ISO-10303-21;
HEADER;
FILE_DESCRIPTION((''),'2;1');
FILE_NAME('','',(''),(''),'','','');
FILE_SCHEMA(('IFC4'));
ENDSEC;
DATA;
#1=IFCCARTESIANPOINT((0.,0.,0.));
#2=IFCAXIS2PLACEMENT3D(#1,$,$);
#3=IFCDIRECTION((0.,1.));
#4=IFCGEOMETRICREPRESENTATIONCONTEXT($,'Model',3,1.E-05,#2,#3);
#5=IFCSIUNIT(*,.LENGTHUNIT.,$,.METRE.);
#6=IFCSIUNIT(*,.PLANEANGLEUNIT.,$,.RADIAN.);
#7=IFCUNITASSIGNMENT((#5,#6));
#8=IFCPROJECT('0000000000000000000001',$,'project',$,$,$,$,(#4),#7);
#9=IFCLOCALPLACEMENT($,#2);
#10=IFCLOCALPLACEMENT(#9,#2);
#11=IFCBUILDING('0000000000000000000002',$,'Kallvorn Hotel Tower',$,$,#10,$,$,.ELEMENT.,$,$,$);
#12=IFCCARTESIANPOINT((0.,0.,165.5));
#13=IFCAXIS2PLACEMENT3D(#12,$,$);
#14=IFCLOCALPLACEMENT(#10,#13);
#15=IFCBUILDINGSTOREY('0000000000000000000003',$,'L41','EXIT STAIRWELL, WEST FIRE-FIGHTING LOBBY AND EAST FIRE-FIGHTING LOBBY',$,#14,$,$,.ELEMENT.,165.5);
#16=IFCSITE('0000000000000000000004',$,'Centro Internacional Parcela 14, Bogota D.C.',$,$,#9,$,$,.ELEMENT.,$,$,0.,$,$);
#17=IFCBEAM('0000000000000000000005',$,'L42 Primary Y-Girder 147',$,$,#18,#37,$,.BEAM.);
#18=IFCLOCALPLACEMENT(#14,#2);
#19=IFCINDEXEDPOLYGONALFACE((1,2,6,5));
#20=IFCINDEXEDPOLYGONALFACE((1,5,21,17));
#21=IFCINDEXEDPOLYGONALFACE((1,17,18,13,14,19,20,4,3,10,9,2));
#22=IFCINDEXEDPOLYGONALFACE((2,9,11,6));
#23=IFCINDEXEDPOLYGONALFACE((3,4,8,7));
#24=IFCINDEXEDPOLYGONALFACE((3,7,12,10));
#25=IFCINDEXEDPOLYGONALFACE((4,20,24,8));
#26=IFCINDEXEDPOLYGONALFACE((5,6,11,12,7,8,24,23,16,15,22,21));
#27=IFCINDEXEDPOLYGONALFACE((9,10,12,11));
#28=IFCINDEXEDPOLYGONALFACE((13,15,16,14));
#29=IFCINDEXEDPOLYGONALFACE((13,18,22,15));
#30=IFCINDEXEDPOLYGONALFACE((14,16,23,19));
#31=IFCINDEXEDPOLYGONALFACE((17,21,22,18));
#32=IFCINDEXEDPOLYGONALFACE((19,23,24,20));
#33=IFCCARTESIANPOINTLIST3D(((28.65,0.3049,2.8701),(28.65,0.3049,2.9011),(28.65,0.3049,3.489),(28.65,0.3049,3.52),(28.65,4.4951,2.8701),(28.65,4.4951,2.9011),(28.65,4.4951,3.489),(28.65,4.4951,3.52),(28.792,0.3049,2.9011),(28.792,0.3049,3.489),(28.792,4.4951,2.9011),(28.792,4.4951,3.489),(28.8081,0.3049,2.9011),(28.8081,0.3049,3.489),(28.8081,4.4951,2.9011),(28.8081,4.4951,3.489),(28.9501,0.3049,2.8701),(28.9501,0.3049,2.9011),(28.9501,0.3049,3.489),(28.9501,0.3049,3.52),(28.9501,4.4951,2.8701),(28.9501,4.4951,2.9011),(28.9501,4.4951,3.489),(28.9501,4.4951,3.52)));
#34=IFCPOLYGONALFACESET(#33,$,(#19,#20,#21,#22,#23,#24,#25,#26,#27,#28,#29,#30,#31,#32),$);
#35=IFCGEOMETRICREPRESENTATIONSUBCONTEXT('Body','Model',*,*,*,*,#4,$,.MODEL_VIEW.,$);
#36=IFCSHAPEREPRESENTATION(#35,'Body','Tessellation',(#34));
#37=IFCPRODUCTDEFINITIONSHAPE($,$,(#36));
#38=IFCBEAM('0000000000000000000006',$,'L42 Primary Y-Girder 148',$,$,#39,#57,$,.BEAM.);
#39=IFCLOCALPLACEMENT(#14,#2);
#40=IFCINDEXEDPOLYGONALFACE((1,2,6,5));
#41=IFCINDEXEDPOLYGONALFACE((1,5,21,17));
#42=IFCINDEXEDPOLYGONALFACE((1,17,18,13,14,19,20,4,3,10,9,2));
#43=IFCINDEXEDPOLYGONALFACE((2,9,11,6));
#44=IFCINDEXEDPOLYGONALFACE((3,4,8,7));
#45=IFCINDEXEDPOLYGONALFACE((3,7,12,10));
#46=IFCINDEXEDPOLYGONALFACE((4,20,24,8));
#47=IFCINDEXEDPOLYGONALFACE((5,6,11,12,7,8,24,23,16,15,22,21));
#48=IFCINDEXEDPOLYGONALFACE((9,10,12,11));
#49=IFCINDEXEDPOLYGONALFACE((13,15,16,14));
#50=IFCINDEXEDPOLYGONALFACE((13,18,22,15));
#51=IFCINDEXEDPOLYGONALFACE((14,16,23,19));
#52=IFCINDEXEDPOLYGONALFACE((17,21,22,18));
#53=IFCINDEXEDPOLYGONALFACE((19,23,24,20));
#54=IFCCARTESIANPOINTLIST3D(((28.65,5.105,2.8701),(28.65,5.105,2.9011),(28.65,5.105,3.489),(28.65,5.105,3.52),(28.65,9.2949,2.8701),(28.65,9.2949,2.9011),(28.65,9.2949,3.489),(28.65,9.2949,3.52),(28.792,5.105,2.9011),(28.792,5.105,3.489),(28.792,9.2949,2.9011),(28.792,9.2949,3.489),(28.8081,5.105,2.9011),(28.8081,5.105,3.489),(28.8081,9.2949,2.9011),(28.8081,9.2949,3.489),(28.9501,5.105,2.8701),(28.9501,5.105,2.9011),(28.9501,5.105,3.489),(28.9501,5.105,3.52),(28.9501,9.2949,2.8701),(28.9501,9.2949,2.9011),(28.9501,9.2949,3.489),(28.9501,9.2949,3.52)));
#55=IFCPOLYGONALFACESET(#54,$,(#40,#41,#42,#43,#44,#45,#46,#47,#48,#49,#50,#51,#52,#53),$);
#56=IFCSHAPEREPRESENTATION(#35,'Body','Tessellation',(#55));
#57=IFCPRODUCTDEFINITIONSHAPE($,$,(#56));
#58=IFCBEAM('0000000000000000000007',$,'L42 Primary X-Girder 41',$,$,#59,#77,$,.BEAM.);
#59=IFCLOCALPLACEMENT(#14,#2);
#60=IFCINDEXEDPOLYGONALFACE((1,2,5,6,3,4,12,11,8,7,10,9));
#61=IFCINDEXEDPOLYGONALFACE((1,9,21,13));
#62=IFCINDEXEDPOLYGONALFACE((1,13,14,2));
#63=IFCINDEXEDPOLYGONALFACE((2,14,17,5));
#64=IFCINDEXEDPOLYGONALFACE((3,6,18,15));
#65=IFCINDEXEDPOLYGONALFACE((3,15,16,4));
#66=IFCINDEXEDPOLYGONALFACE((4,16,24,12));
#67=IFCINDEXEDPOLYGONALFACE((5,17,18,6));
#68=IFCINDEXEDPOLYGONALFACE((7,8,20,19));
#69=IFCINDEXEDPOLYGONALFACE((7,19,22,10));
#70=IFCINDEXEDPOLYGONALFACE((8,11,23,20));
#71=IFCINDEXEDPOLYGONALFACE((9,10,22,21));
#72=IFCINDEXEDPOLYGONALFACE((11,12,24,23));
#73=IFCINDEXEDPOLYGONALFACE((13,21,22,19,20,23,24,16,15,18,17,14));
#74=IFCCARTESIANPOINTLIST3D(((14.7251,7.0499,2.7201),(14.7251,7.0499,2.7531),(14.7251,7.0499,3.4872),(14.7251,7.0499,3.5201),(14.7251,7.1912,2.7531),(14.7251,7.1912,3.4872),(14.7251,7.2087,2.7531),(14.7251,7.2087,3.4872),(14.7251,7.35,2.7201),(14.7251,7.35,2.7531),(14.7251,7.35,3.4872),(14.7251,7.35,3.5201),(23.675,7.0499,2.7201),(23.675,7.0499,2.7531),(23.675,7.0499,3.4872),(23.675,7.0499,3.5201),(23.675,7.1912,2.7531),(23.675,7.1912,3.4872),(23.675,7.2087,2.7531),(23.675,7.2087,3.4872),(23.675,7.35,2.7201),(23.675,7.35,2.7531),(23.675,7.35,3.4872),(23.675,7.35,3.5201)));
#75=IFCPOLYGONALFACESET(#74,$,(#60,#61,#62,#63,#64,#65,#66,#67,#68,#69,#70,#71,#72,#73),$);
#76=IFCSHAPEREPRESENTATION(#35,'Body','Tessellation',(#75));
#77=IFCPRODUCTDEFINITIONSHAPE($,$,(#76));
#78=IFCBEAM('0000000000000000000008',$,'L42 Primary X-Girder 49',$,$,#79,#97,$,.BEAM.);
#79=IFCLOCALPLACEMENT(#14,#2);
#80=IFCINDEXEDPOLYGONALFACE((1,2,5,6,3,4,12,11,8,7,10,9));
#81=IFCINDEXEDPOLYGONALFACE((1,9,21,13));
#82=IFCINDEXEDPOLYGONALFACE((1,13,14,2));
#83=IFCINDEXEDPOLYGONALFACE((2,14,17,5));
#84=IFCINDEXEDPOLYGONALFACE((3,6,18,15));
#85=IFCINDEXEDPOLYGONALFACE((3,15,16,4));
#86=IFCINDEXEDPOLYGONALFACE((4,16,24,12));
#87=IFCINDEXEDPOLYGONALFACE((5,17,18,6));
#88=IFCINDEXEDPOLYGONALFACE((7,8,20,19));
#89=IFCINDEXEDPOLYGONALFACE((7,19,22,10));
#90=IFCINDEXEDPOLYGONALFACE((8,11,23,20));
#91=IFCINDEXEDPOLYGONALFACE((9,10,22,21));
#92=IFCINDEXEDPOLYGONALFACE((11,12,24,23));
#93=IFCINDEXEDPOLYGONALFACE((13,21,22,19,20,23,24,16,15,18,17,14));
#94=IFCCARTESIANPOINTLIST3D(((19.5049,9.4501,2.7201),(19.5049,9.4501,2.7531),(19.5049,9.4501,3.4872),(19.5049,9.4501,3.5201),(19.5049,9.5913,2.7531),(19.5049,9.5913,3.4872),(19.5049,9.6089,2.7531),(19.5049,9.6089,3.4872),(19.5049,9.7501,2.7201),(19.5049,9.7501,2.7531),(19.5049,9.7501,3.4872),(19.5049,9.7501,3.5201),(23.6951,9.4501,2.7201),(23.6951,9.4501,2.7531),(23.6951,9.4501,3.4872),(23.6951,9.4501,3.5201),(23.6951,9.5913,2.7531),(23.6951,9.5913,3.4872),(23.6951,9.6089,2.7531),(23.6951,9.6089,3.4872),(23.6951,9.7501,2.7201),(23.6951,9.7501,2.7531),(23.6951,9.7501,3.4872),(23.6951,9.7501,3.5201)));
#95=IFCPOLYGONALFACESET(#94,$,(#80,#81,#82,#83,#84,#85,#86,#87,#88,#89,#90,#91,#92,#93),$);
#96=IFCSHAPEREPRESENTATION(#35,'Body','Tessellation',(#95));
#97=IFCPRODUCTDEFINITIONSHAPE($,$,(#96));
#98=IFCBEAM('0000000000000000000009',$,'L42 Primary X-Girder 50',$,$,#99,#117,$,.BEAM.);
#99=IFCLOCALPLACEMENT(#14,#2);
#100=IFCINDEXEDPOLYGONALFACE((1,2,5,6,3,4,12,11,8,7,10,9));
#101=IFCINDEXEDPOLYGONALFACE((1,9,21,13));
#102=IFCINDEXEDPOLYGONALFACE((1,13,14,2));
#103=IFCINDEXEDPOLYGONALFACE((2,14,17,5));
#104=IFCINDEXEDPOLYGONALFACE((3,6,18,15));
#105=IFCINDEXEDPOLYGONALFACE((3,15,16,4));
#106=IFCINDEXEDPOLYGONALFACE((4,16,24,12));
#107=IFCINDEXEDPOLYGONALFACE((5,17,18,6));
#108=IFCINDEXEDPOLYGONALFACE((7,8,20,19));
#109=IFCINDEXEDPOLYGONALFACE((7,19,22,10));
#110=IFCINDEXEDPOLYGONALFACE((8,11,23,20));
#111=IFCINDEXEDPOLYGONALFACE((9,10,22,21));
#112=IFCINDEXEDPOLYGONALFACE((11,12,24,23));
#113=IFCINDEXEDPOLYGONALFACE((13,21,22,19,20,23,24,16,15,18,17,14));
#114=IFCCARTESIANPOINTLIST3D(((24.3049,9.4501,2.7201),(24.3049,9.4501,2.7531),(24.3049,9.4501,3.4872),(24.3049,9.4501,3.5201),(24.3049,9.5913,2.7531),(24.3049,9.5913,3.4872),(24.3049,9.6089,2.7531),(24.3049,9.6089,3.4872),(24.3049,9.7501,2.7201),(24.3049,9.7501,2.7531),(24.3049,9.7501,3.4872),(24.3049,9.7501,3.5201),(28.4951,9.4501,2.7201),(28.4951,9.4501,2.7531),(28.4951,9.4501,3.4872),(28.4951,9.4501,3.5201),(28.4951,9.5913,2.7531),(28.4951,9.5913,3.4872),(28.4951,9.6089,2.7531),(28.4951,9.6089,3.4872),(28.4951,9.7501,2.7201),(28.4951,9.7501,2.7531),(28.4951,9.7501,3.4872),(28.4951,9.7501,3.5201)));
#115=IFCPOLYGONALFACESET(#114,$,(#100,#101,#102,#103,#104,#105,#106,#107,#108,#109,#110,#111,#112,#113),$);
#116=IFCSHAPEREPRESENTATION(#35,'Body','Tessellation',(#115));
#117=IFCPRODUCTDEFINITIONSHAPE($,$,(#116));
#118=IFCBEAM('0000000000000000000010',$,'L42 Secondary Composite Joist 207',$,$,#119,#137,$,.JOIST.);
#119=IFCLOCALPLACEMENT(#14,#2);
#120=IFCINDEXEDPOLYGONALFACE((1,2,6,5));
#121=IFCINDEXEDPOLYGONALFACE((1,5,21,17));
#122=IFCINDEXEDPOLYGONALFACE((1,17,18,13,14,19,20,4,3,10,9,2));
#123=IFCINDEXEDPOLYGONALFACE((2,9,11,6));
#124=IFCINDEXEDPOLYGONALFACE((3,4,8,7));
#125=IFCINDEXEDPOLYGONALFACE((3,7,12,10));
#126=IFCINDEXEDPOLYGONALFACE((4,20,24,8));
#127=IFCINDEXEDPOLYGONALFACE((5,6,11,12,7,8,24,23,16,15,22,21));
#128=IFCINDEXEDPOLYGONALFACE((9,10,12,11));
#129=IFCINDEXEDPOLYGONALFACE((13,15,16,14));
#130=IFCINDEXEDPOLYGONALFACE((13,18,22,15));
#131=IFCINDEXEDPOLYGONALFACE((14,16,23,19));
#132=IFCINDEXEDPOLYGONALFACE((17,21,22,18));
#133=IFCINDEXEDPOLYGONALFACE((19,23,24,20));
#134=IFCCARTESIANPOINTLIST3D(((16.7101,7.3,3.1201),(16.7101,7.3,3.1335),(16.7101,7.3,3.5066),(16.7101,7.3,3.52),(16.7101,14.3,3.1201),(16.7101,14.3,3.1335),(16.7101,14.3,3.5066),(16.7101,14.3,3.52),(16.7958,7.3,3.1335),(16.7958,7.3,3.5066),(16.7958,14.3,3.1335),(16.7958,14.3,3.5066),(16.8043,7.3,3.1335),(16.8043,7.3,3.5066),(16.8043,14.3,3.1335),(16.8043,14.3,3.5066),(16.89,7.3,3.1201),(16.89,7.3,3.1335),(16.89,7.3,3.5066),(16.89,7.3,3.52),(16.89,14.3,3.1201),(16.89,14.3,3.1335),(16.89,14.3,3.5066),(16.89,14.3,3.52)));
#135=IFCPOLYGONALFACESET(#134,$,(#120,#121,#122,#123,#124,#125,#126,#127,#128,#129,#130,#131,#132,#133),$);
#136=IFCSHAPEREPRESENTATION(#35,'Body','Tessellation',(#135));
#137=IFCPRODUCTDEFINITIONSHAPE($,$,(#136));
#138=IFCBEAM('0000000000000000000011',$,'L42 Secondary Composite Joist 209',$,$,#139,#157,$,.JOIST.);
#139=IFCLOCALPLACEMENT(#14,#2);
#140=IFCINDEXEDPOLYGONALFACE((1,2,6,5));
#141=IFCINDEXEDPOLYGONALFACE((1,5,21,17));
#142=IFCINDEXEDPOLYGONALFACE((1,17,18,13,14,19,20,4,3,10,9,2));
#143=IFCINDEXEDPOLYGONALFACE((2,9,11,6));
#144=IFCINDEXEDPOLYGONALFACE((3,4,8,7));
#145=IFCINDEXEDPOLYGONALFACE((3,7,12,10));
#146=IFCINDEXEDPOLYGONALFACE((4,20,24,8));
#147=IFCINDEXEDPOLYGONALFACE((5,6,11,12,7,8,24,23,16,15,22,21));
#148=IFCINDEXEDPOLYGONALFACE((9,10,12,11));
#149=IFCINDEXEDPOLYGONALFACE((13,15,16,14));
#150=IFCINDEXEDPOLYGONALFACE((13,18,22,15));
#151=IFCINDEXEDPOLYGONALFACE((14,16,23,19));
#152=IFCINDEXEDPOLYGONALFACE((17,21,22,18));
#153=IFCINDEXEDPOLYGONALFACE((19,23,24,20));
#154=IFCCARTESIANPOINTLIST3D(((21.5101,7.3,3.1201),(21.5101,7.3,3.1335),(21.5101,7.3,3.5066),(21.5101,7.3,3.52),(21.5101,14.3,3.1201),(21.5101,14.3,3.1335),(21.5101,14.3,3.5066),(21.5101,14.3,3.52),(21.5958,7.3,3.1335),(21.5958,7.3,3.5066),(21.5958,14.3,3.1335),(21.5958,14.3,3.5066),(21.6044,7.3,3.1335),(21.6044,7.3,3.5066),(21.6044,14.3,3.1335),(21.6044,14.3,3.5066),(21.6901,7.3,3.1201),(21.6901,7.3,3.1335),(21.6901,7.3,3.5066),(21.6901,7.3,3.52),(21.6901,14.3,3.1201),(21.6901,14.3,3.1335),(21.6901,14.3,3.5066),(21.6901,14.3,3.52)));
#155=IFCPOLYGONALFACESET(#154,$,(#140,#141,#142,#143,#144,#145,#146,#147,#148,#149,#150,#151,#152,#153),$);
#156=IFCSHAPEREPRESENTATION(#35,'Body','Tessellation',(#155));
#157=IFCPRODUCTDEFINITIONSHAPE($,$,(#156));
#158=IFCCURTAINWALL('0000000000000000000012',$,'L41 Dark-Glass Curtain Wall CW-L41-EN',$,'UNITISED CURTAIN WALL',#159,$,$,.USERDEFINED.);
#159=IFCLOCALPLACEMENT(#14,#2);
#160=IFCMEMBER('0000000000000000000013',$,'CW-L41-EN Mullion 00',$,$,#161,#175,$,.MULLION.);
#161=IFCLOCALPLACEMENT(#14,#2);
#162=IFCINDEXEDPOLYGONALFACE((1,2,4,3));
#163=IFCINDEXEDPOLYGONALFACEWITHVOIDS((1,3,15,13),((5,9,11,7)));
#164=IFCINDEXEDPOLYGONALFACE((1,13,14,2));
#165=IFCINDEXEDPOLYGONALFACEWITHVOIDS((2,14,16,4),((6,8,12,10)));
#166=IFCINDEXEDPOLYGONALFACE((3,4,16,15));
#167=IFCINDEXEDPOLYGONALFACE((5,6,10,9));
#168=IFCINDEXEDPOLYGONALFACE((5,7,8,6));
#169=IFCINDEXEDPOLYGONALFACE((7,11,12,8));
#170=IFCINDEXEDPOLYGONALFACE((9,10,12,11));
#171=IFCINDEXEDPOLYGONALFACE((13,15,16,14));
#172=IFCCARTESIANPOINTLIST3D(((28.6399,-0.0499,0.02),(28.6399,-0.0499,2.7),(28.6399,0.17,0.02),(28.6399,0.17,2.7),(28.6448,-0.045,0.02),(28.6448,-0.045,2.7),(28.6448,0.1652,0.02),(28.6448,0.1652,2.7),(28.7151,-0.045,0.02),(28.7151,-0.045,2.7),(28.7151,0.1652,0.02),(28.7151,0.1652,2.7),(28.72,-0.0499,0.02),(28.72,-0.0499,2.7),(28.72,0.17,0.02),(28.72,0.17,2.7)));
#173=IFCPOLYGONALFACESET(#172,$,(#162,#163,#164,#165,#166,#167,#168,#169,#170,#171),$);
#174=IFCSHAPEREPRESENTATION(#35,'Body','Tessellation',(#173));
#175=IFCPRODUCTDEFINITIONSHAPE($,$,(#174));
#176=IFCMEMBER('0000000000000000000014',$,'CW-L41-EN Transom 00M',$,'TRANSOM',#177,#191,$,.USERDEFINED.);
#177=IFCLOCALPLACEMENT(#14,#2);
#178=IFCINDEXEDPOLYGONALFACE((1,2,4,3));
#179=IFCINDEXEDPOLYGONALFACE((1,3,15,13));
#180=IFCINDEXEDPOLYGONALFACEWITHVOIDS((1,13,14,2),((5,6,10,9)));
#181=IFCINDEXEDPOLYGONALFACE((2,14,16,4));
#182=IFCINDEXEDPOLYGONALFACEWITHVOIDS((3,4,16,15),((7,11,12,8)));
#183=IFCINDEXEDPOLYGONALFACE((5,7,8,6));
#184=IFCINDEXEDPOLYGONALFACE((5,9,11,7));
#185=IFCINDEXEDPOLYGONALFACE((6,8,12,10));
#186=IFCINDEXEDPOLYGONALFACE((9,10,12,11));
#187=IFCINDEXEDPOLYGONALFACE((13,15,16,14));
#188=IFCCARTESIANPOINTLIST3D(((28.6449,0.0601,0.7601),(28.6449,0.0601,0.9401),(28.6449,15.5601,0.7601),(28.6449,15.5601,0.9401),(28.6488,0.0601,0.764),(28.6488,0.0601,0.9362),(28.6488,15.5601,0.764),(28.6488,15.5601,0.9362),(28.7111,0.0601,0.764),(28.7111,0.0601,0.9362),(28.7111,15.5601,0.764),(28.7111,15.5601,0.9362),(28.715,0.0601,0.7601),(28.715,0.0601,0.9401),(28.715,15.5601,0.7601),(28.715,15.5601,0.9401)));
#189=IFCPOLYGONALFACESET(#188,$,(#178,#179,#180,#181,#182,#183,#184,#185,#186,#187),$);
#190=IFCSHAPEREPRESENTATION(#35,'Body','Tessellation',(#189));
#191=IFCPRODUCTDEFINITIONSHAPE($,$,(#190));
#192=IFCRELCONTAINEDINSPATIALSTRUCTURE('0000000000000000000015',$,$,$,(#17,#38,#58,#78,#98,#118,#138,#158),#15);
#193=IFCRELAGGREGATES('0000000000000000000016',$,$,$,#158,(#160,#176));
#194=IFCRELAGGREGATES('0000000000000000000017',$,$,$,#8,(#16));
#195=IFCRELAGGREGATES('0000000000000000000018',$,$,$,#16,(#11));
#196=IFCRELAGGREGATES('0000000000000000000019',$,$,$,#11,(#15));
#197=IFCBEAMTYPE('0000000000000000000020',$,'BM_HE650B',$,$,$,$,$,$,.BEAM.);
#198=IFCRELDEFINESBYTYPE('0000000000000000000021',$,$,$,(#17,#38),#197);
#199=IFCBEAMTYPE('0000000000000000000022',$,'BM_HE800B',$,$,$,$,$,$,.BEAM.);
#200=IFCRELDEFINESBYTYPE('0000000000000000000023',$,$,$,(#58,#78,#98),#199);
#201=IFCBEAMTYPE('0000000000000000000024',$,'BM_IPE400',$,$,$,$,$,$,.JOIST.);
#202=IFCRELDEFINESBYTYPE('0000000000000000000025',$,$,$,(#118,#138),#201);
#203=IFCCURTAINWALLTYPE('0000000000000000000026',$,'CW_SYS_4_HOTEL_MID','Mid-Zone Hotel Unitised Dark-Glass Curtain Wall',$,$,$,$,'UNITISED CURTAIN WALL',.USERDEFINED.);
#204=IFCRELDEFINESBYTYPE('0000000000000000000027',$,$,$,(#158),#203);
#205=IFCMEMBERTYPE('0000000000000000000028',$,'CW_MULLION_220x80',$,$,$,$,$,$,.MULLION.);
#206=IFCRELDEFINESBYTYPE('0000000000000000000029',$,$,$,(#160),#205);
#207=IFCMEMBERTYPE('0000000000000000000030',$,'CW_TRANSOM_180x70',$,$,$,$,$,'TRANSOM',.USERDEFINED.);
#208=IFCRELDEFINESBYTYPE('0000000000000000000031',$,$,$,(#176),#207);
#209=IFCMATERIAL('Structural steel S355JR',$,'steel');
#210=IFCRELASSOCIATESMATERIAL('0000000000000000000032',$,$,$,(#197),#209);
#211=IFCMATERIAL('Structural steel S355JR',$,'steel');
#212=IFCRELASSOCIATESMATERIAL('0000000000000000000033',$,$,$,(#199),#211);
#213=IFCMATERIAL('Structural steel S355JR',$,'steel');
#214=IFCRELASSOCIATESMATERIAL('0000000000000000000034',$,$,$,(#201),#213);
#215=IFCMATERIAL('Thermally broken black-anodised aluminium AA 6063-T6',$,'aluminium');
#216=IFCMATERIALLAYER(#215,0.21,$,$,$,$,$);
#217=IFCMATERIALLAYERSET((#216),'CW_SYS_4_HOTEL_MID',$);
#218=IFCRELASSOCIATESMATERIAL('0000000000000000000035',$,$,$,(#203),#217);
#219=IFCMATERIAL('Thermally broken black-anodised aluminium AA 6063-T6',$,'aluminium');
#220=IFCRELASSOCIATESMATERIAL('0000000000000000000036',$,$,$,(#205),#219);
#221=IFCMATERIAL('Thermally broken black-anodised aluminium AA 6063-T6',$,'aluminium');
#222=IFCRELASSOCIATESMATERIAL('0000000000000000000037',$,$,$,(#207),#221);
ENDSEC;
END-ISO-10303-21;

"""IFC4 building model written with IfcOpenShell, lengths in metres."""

from ifc_helpers import new_model, si_unit, direction, frame, origin, origin_2d, place, context, subcontext, project, spatial, hollow_rectangle, i_section, extrude, material, layer, layer_set, material_profile, profile_set, type_object, element, aggregate, save


model = new_model("IFC4")

# Units and contexts
model_context = context("Model", 3, precision=1e-05, world=origin(), true_north=direction((0.0, 1.0)))
body_context = subcontext(model_context, "Body", "Model", "MODEL_VIEW")
ifc_project = project(units=[si_unit("LENGTHUNIT", "METRE"), si_unit("PLANEANGLEUNIT", "RADIAN")], contexts=[model_context])

# Site, building, storey
site_placement = place(None, origin())
site = spatial("IfcSite", under=ifc_project, at=site_placement, Name="Centro Internacional Parcela 14, Bogota D.C.", CompositionType="ELEMENT", RefElevation=0.0)
building_placement = place(site_placement, origin())
building = spatial("IfcBuilding", under=site, at=building_placement, Name="Kallvorn Hotel Tower", CompositionType="ELEMENT")
storey_placement = place(building_placement, frame((0.0, 0.0, 165.5)))
storey = spatial("IfcBuildingStorey", under=building, at=storey_placement, Name="L41", Description="EXIT STAIRWELL, WEST FIRE-FIGHTING LOBBY AND EAST FIRE-FIGHTING LOBBY", CompositionType="ELEMENT", Elevation=165.5)

# Beams
ifc_material_1 = material(Name="Structural steel S355JR", Category="steel")
ifc_material_profile_1 = material_profile(ifc_material_1, i_section(OverallWidth=0.3, OverallDepth=0.6499, WebThickness=0.0161, FlangeThickness=0.031, at=origin_2d()), Name="HE 650 B")
ifc_profile_set_1 = profile_set([ifc_material_profile_1], Name="Structural steel S355JR")
beam_type_1 = type_object("IfcBeamType", Name="BM_HE650B", PredefinedType="BEAM", material=ifc_profile_set_1)
beam_1_placement = place(storey_placement, frame((28.8, 0.3049, 3.1951), z_axis=(0.0, 1.0, 0.0), x_axis=(-1.0, 0.0, 0.0)))
element("IfcBeam", 1, at=beam_1_placement, inside=storey, type_object=beam_type_1, Name="L42 Primary Y-Girder 147", PredefinedType="BEAM", context=body_context, shape_type="SweptSolid", body=[
    extrude(i_section(OverallWidth=0.3, OverallDepth=0.6499, WebThickness=0.0161, FlangeThickness=0.031, at=origin_2d()), origin(), (0.0, 0.0, 1.0), 4.1902),
])
beam_2_placement = place(storey_placement, frame((28.8, 5.105, 3.1951), z_axis=(0.0, 1.0, 0.0), x_axis=(-1.0, 0.0, 0.0)))
element("IfcBeam", 2, at=beam_2_placement, inside=storey, type_object=beam_type_1, Name="L42 Primary Y-Girder 148", PredefinedType="BEAM", context=body_context, shape_type="SweptSolid", body=[
    extrude(i_section(OverallWidth=0.3, OverallDepth=0.6499, WebThickness=0.0161, FlangeThickness=0.031, at=origin_2d()), origin(), (0.0, 0.0, 1.0), 4.1899),
])
ifc_material_2 = material(Name="Structural steel S355JR", Category="steel")
ifc_material_profile_2 = material_profile(ifc_material_2, i_section(OverallWidth=0.3, OverallDepth=0.8, WebThickness=0.0176, FlangeThickness=0.033, at=origin_2d()), Name="HE 800 B")
ifc_profile_set_2 = profile_set([ifc_material_profile_2], Name="Structural steel S355JR")
beam_type_2 = type_object("IfcBeamType", Name="BM_HE800B", PredefinedType="BEAM", material=ifc_profile_set_2)
beam_3_placement = place(storey_placement, frame((14.7251, 7.2, 3.1201), z_axis=(1.0, 0.0, 0.0), x_axis=(0.0, 1.0, 0.0)))
element("IfcBeam", 3, at=beam_3_placement, inside=storey, type_object=beam_type_2, Name="L42 Primary X-Girder 41", PredefinedType="BEAM", context=body_context, shape_type="SweptSolid", body=[
    extrude(i_section(OverallWidth=0.3, OverallDepth=0.8, WebThickness=0.0176, FlangeThickness=0.033, at=origin_2d()), origin(), (0.0, 0.0, 1.0), 8.95),
])
for number, where, z_axis, x_axis, name in (
    (4, (19.5049, 9.6001, 3.1201), (1.0, 0.0, 0.0), (0.0, 1.0, 0.0), "L42 Primary X-Girder 49"),
    (5, (24.3049, 9.6001, 3.1201), (1.0, 0.0, 0.0), (0.0, 1.0, 0.0), "L42 Primary X-Girder 50"),
):
    element("IfcBeam", number, at=place(storey_placement, frame(where, z_axis=z_axis, x_axis=x_axis)), inside=storey, type_object=beam_type_2, Name=name, PredefinedType="BEAM", context=body_context, shape_type="SweptSolid", body=[
        extrude(i_section(OverallWidth=0.3, OverallDepth=0.8, WebThickness=0.0176, FlangeThickness=0.033, at=origin_2d()), origin(), (0.0, 0.0, 1.0), 4.1902),
    ])
ifc_material_3 = material(Name="Structural steel S355JR", Category="steel")
ifc_material_profile_3 = material_profile(ifc_material_3, i_section(OverallWidth=0.1799, OverallDepth=0.3999, WebThickness=0.0085, FlangeThickness=0.0134, at=origin_2d()), Name="IPE 400")
ifc_profile_set_3 = profile_set([ifc_material_profile_3], Name="Structural steel S355JR")
beam_type_3 = type_object("IfcBeamType", Name="BM_IPE400", PredefinedType="JOIST", material=ifc_profile_set_3)
for number, where, z_axis, x_axis, name in (
    (6, (16.8, 7.3, 3.3201), (0.0, 1.0, 0.0), (-1.0, 0.0, 0.0), "L42 Secondary Composite Joist 207"),
    (7, (21.6001, 7.3, 3.3201), (0.0, 1.0, 0.0), (-1.0, 0.0, 0.0), "L42 Secondary Composite Joist 209"),
):
    element("IfcBeam", number, at=place(storey_placement, frame(where, z_axis=z_axis, x_axis=x_axis)), inside=storey, type_object=beam_type_3, Name=name, PredefinedType="JOIST", context=body_context, shape_type="SweptSolid", body=[
        extrude(i_section(OverallWidth=0.1799, OverallDepth=0.3999, WebThickness=0.0085, FlangeThickness=0.0134, at=origin_2d()), origin(), (0.0, 0.0, 1.0), 7.0),
    ])

# Curtain wall, members
ifc_material_4 = material(Name="Thermally broken black-anodised aluminium AA 6063-T6", Category="aluminium")
ifc_layer_1 = layer(ifc_material_4, 0.21)
ifc_layer_set_1 = layer_set([ifc_layer_1], Name="CW_SYS_4_HOTEL_MID")
curtain_wall_type = type_object("IfcCurtainWallType", Name="CW_SYS_4_HOTEL_MID", Description="Mid-Zone Hotel Unitised Dark-Glass Curtain Wall", ElementType="UNITISED CURTAIN WALL", PredefinedType="USERDEFINED", material=ifc_layer_set_1)
curtain_wall_placement = place(storey_placement, origin())
curtain_wall = element("IfcCurtainWall", 8, at=curtain_wall_placement, inside=storey, type_object=curtain_wall_type, Name="L41 Dark-Glass Curtain Wall CW-L41-EN", ObjectType="UNITISED CURTAIN WALL", PredefinedType="USERDEFINED")
ifc_material_5 = material(Name="Thermally broken black-anodised aluminium AA 6063-T6", Category="aluminium")
ifc_material_profile_4 = material_profile(ifc_material_5, hollow_rectangle(XDim=0.0801, YDim=0.22, WallThickness=0.0049, at=origin_2d()), Name="MUL 220x80")
ifc_profile_set_4 = profile_set([ifc_material_profile_4], Name="Thermally broken black-anodised aluminium AA 6063-T6")
member_type_1 = type_object("IfcMemberType", Name="CW_MULLION_220x80", PredefinedType="MULLION", material=ifc_profile_set_4)
member_1_placement = place(storey_placement, frame((28.6799, 0.0601, 0.02), z_axis=(0.0, 0.0, 1.0), x_axis=(1.0, 0.0, 0.0)))
member_1 = element("IfcMember", 9, at=member_1_placement, type_object=member_type_1, Name="CW-L41-EN Mullion 00", PredefinedType="MULLION", context=body_context, shape_type="SweptSolid", body=[
    extrude(hollow_rectangle(XDim=0.0801, YDim=0.22, WallThickness=0.0049, at=origin_2d()), origin(), (0.0, 0.0, 1.0), 2.6799),
])
ifc_material_6 = material(Name="Thermally broken black-anodised aluminium AA 6063-T6", Category="aluminium")
ifc_material_profile_5 = material_profile(ifc_material_6, hollow_rectangle(XDim=0.0701, YDim=0.1799, WallThickness=0.0039, at=origin_2d()), Name="TRN 180x70")
ifc_profile_set_5 = profile_set([ifc_material_profile_5], Name="Thermally broken black-anodised aluminium AA 6063-T6")
member_type_2 = type_object("IfcMemberType", Name="CW_TRANSOM_180x70", ElementType="TRANSOM", PredefinedType="USERDEFINED", material=ifc_profile_set_5)
member_2_placement = place(storey_placement, frame((28.6799, 0.0601, 0.8501), z_axis=(0.0, 1.0, 0.0), x_axis=(-1.0, 0.0, 0.0)))
member_2 = element("IfcMember", 10, at=member_2_placement, type_object=member_type_2, Name="CW-L41-EN Transom 00M", ObjectType="TRANSOM", PredefinedType="USERDEFINED", context=body_context, shape_type="SweptSolid", body=[
    extrude(hollow_rectangle(XDim=0.0701, YDim=0.1799, WallThickness=0.0039, at=origin_2d()), origin(), (0.0, 0.0, 1.0), 15.5),
])
aggregate(curtain_wall, [member_1, member_2])

save(model, "model.ifc")
